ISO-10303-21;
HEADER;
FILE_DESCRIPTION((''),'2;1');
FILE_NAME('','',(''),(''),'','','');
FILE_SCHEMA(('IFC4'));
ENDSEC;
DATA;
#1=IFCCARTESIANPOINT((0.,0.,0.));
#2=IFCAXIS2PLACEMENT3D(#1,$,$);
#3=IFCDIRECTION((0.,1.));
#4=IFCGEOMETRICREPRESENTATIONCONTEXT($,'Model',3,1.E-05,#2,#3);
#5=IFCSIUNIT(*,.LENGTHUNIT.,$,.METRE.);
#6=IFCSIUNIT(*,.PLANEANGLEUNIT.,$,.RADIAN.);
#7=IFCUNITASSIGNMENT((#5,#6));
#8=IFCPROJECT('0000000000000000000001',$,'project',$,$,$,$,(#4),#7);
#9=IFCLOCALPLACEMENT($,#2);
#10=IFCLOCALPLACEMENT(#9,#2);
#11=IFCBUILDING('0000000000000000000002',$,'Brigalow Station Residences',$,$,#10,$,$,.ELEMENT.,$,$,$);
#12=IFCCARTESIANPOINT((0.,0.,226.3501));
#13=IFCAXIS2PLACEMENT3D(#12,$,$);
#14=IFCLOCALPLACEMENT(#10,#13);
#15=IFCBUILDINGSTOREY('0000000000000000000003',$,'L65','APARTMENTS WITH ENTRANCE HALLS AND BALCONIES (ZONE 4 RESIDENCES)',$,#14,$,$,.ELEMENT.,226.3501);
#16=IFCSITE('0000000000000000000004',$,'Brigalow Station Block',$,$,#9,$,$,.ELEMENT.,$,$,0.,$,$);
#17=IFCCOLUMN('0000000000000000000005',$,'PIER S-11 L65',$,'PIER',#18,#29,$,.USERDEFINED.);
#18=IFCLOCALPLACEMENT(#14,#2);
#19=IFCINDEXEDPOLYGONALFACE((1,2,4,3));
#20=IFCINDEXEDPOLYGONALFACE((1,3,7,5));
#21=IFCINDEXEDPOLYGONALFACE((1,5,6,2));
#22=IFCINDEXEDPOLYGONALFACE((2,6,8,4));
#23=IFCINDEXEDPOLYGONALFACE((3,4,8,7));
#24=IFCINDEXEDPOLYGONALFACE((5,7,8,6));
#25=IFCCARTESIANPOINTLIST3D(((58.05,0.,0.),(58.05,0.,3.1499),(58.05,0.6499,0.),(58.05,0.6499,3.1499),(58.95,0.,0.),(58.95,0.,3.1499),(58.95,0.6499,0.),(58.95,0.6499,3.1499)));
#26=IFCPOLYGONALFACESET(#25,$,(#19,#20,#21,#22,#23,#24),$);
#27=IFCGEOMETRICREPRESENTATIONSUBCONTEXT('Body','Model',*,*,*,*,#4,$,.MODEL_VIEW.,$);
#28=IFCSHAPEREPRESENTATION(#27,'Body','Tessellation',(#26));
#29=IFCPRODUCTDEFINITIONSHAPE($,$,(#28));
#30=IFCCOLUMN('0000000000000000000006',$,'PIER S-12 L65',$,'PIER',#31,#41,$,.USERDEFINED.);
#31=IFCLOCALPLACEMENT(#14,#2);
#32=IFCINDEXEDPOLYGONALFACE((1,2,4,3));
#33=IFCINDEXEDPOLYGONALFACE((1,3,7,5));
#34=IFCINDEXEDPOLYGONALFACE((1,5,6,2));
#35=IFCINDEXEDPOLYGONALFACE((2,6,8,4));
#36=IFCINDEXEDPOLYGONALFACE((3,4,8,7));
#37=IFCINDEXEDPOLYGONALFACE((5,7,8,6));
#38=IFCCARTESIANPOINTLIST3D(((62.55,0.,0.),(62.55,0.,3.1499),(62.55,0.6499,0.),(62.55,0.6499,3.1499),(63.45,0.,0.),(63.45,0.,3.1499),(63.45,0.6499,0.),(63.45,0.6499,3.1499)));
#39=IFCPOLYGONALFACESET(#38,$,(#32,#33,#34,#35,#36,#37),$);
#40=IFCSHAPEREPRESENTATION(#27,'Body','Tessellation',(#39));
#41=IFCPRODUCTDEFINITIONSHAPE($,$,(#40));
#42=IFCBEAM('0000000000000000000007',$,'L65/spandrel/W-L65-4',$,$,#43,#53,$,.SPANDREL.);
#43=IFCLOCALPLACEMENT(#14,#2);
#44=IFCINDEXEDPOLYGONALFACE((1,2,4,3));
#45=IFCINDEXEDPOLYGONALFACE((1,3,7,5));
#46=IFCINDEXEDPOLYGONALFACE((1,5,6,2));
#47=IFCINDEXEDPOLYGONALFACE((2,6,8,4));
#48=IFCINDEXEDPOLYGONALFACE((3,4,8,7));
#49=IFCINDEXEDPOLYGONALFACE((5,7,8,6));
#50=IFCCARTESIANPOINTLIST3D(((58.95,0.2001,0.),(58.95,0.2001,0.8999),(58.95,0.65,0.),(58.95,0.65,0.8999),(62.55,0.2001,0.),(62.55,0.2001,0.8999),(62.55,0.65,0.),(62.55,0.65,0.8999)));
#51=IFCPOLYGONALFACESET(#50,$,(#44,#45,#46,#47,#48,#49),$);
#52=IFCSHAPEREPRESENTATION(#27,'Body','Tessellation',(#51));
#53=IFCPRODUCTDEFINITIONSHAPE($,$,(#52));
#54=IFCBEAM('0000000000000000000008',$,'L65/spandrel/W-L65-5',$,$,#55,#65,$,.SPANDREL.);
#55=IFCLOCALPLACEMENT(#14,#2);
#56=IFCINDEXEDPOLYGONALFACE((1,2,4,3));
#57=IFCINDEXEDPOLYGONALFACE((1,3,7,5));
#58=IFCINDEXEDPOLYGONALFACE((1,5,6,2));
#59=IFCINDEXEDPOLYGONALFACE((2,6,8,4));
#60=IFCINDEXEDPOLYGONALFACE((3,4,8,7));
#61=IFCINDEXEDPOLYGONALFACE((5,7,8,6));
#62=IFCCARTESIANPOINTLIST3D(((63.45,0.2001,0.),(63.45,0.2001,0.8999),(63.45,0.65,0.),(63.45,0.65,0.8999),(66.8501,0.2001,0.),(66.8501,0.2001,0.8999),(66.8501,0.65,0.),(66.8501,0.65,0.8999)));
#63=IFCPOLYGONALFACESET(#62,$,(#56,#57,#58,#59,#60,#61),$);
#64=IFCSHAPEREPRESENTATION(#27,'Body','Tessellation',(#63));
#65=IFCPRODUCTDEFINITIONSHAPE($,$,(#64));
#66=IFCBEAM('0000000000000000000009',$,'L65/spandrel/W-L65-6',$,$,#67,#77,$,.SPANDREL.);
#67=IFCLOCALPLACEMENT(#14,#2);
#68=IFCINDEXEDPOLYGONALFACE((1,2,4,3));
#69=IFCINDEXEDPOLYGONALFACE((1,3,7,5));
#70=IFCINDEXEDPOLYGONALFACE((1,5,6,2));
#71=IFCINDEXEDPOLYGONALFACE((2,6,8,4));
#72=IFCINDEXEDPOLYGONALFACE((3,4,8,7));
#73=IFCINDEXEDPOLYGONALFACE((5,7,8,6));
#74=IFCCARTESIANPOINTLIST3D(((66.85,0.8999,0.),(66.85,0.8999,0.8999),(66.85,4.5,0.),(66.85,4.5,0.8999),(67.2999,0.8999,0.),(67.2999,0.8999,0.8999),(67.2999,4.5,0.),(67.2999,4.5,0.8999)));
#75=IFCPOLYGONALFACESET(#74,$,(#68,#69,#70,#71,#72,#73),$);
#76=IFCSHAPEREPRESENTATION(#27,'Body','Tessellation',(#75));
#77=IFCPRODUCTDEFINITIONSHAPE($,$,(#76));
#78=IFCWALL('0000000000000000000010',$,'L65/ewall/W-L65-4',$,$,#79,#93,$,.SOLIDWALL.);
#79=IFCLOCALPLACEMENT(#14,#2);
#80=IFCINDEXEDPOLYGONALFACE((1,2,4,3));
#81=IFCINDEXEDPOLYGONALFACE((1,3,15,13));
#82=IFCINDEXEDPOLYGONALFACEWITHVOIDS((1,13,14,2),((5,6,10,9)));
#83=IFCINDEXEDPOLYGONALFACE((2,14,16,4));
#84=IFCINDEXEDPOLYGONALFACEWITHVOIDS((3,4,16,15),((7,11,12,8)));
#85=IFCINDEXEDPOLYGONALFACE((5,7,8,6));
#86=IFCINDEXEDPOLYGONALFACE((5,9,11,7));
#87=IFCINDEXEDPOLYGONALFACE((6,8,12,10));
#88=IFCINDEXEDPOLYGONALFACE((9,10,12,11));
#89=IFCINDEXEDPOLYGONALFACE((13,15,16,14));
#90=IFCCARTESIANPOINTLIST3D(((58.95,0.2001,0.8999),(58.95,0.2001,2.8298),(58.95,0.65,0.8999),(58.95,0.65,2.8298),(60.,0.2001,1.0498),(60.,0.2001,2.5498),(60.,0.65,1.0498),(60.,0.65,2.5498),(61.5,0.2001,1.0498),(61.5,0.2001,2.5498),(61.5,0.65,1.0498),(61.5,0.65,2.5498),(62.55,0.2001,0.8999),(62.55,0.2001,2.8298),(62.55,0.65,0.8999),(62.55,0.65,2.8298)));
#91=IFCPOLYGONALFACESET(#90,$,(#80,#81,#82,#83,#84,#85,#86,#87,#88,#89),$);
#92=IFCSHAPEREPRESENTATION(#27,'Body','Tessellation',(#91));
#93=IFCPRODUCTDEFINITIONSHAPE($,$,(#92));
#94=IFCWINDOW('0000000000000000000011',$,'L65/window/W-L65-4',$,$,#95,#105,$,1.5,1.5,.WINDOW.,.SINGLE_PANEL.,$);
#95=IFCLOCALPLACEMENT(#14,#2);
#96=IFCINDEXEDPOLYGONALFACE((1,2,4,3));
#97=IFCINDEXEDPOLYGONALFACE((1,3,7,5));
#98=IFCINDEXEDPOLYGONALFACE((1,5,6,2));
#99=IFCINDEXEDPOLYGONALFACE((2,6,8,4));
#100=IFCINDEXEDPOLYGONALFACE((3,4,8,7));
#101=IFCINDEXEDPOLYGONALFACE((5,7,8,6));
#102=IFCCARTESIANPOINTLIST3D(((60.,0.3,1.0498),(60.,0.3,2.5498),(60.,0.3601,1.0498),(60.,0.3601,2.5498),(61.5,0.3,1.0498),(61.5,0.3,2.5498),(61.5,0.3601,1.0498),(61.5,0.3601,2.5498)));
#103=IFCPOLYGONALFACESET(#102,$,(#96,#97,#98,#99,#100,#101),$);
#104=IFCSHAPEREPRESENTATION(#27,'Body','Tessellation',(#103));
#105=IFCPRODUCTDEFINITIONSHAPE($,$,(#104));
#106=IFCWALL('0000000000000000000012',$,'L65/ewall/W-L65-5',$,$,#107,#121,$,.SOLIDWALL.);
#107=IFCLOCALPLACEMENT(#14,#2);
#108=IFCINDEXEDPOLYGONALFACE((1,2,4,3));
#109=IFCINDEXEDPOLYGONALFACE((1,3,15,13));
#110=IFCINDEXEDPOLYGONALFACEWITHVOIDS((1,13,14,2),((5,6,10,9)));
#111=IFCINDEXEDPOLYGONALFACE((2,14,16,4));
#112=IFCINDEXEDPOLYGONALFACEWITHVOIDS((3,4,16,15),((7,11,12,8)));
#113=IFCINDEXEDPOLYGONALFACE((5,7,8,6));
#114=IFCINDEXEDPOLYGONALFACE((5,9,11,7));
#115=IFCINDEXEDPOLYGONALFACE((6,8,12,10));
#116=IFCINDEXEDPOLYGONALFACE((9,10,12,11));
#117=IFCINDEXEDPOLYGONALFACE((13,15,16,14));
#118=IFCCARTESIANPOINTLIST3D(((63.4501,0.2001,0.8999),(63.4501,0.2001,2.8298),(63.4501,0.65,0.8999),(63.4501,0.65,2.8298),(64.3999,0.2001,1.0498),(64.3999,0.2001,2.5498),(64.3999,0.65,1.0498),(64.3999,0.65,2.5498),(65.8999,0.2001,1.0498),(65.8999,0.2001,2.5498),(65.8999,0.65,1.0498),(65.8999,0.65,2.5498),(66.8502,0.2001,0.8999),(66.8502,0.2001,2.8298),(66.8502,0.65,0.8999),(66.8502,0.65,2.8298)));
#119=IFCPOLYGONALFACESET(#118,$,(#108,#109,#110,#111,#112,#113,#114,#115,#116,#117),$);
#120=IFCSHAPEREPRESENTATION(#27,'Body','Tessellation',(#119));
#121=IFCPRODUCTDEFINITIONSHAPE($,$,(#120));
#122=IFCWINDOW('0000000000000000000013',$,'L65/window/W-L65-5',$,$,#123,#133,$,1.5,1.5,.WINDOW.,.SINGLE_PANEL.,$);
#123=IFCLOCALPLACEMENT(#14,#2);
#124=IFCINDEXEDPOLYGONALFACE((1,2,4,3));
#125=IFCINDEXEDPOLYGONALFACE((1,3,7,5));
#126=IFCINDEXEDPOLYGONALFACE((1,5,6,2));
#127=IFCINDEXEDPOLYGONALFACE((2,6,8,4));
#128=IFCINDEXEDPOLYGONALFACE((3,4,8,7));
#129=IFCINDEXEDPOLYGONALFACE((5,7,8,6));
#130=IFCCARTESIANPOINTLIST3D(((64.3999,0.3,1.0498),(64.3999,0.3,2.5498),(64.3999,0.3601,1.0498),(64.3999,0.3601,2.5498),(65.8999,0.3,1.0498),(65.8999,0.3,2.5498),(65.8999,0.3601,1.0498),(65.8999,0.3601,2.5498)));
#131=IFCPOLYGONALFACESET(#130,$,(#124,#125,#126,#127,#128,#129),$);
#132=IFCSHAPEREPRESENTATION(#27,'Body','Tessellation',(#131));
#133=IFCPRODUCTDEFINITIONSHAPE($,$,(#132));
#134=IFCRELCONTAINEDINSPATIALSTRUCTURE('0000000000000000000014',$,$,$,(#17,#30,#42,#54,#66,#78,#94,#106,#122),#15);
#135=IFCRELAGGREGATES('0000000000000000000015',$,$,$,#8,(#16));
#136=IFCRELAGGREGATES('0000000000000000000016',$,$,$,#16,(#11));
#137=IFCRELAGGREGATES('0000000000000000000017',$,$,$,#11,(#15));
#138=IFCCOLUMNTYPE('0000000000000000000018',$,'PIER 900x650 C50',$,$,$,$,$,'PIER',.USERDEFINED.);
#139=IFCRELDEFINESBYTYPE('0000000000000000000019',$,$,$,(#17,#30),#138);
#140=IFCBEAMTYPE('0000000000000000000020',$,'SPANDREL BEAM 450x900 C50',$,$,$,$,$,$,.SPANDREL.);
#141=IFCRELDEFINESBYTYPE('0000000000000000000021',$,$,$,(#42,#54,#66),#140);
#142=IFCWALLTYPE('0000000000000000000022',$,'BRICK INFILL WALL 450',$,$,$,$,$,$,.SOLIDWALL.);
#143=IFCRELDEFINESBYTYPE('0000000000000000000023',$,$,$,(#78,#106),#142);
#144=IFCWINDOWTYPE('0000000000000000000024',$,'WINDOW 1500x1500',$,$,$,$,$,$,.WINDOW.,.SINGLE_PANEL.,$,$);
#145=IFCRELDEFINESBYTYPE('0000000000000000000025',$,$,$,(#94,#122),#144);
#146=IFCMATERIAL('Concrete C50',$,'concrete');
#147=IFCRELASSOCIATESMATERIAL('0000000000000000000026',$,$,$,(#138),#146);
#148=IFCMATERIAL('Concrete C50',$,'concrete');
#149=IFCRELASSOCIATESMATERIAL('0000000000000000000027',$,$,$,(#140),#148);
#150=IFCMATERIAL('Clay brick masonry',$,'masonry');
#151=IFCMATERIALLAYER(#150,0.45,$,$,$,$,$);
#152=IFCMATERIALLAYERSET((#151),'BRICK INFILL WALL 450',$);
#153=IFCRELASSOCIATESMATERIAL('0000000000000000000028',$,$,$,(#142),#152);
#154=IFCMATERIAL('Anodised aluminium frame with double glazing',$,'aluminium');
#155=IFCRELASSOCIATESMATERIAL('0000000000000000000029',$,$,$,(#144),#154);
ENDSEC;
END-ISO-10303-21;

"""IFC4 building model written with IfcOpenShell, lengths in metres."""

from ifc_helpers import new_model, si_unit, direction, frame, frame_2d, origin, origin_2d, place, context, subcontext, project, spatial, rectangle, extrude, material, layer, layer_set, material_profile, profile_set, type_object, element, fill, save


model = new_model("IFC4")

# Units and contexts
model_context = context("Model", 3, precision=1e-05, world=origin(), true_north=direction((0.0, 1.0)))
body_context = subcontext(model_context, "Body", "Model", "MODEL_VIEW")
ifc_project = project(units=[si_unit("LENGTHUNIT", "METRE"), si_unit("PLANEANGLEUNIT", "RADIAN")], contexts=[model_context])

# Site, building, storey
site_placement = place(None, origin())
site = spatial("IfcSite", under=ifc_project, at=site_placement, Name="Brigalow Station Block", CompositionType="ELEMENT", RefElevation=0.0)
building_placement = place(site_placement, origin())
building = spatial("IfcBuilding", under=site, at=building_placement, Name="Brigalow Station Residences", CompositionType="ELEMENT")
storey_placement = place(building_placement, frame((0.0, 0.0, 226.3501)))
storey = spatial("IfcBuildingStorey", under=building, at=storey_placement, Name="L65", Description="APARTMENTS WITH ENTRANCE HALLS AND BALCONIES (ZONE 4 RESIDENCES)", CompositionType="ELEMENT", Elevation=226.3501)

# Columns
ifc_material_1 = material(Name="Concrete C50", Category="concrete")
ifc_material_profile_1 = material_profile(ifc_material_1, rectangle(XDim=0.8999, YDim=0.6499, at=origin_2d()), Name="RC900x650")
ifc_profile_set_1 = profile_set([ifc_material_profile_1], Name="Concrete C50")
column_type = type_object("IfcColumnType", Name="PIER 900x650 C50", ElementType="PIER", PredefinedType="USERDEFINED", material=ifc_profile_set_1)
for number, where, z_axis, x_axis, name in (
    (1, (58.5, 0.325, 0.0), (0.0, 0.0, 1.0), (1.0, 0.0, 0.0), "PIER S-11 L65"),
    (2, (63.0, 0.325, 0.0), (0.0, 0.0, 1.0), (1.0, 0.0, 0.0), "PIER S-12 L65"),
):
    element("IfcColumn", number, at=place(storey_placement, frame(where, z_axis=z_axis, x_axis=x_axis)), inside=storey, type_object=column_type, Name=name, ObjectType="PIER", PredefinedType="USERDEFINED", context=body_context, shape_type="SweptSolid", body=[
        extrude(rectangle(XDim=0.8999, YDim=0.6499, at=origin_2d()), origin(), (0.0, 0.0, 1.0), 3.1499),
    ])

# Beams
ifc_material_2 = material(Name="Concrete C50", Category="concrete")
ifc_material_profile_2 = material_profile(ifc_material_2, rectangle(XDim=0.45, YDim=0.8999, at=origin_2d()), Name="RC450x900")
ifc_profile_set_2 = profile_set([ifc_material_profile_2], Name="Concrete C50")
beam_type = type_object("IfcBeamType", Name="SPANDREL BEAM 450x900 C50", PredefinedType="SPANDREL", material=ifc_profile_set_2)
beam_1_placement = place(storey_placement, frame((58.95, 0.425, 0.45), z_axis=(1.0, 0.0, 0.0), x_axis=(0.0, 1.0, 0.0)))
element("IfcBeam", 3, at=beam_1_placement, inside=storey, type_object=beam_type, Name="L65/spandrel/W-L65-4", PredefinedType="SPANDREL", context=body_context, shape_type="SweptSolid", body=[
    extrude(rectangle(XDim=0.45, YDim=0.8999, at=origin_2d()), origin(), (0.0, 0.0, 1.0), 3.6001),
])
beam_2_placement = place(storey_placement, frame((63.45, 0.425, 0.45), z_axis=(1.0, 0.0, 0.0), x_axis=(0.0, 1.0, 0.0)))
element("IfcBeam", 4, at=beam_2_placement, inside=storey, type_object=beam_type, Name="L65/spandrel/W-L65-5", PredefinedType="SPANDREL", context=body_context, shape_type="SweptSolid", body=[
    extrude(rectangle(XDim=0.45, YDim=0.8999, at=origin_2d()), origin(), (0.0, 0.0, 1.0), 3.4001),
])
beam_3_placement = place(storey_placement, frame((67.075, 0.8999, 0.45), z_axis=(0.0, 1.0, 0.0), x_axis=(-1.0, 0.0, 0.0)))
element("IfcBeam", 5, at=beam_3_placement, inside=storey, type_object=beam_type, Name="L65/spandrel/W-L65-6", PredefinedType="SPANDREL", context=body_context, shape_type="SweptSolid", body=[
    extrude(rectangle(XDim=0.45, YDim=0.8999, at=origin_2d()), origin(), (0.0, 0.0, 1.0), 3.6001),
])

# Walls, openings, windows
ifc_material_3 = material(Name="Clay brick masonry", Category="masonry")
ifc_layer_1 = layer(ifc_material_3, 0.45)
ifc_layer_set_1 = layer_set([ifc_layer_1], Name="BRICK INFILL WALL 450")
wall_type_1 = type_object("IfcWallType", Name="BRICK INFILL WALL 450", PredefinedType="SOLIDWALL", material=ifc_layer_set_1)
wall_1_placement = place(storey_placement, frame((58.95, 0.425, 0.8999), z_axis=(0.0, 0.0, 1.0), x_axis=(1.0, 0.0, 0.0)))
wall_1 = element("IfcWall", 6, at=wall_1_placement, inside=storey, type_object=wall_type_1, Name="L65/ewall/W-L65-4", PredefinedType="SOLIDWALL", context=body_context, shape_type="SweptSolid", body=[
    extrude(rectangle(XDim=3.6001, YDim=0.45, at=frame_2d((1.8, 0.0))), origin(), (0.0, 0.0, 1.0), 1.9299),
])
opening_1_placement = place(wall_1_placement, frame((1.05, 0.0, 0.1499)))
opening_1 = element("IfcOpeningElement", 7, at=opening_1_placement, cuts=wall_1, PredefinedType="OPENING", context=body_context, shape_type="SweptSolid", body=[
    extrude(rectangle(XDim=1.5, YDim=1.5, at=frame_2d((0.75, 0.75))), frame((0.0, 0.2349, 0.0), z_axis=(0.0, -1.0, 0.0), x_axis=(1.0, 0.0, 0.0)), (0.0, 0.0, 1.0), 0.47),
])
ifc_material_4 = material(Name="Anodised aluminium frame with double glazing", Category="aluminium")
window_type = type_object("IfcWindowType", Name="WINDOW 1500x1500", PartitioningType="SINGLE_PANEL", PredefinedType="WINDOW", material=ifc_material_4)
window_1_placement = place(opening_1_placement, origin())
window_1 = element("IfcWindow", 8, at=window_1_placement, inside=storey, type_object=window_type, Name="L65/window/W-L65-4", OverallHeight=1.5, OverallWidth=1.5, PartitioningType="SINGLE_PANEL", PredefinedType="WINDOW", context=body_context, shape_type="SweptSolid", body=[
    extrude(rectangle(XDim=1.5, YDim=1.5, at=frame_2d((0.75, 0.75))), frame((0.0, -0.0649, 0.0), z_axis=(0.0, -1.0, 0.0), x_axis=(1.0, 0.0, 0.0)), (0.0, 0.0, 1.0), 0.0601),
])
fill(opening_1, window_1)
wall_2_placement = place(storey_placement, frame((63.45, 0.425, 0.8999), z_axis=(0.0, 0.0, 1.0), x_axis=(1.0, 0.0, 0.0)))
wall_2 = element("IfcWall", 9, at=wall_2_placement, inside=storey, type_object=wall_type_1, Name="L65/ewall/W-L65-5", PredefinedType="SOLIDWALL", context=body_context, shape_type="SweptSolid", body=[
    extrude(rectangle(XDim=3.4001, YDim=0.45, at=frame_2d((1.7002, 0.0))), origin(), (0.0, 0.0, 1.0), 1.9299),
])
opening_2_placement = place(wall_2_placement, frame((0.95, 0.0, 0.1499)))
opening_2 = element("IfcOpeningElement", 10, at=opening_2_placement, cuts=wall_2, PredefinedType="OPENING", context=body_context, shape_type="SweptSolid", body=[
    extrude(rectangle(XDim=1.5, YDim=1.5, at=frame_2d((0.75, 0.75))), frame((0.0, 0.2349, 0.0), z_axis=(0.0, -1.0, 0.0), x_axis=(1.0, 0.0, 0.0)), (0.0, 0.0, 1.0), 0.47),
])
window_2_placement = place(opening_2_placement, origin())
window_2 = element("IfcWindow", 11, at=window_2_placement, inside=storey, type_object=window_type, Name="L65/window/W-L65-5", OverallHeight=1.5, OverallWidth=1.5, PartitioningType="SINGLE_PANEL", PredefinedType="WINDOW", context=body_context, shape_type="SweptSolid", body=[
    extrude(rectangle(XDim=1.5, YDim=1.5, at=frame_2d((0.75, 0.75))), frame((0.0, -0.0649, 0.0), z_axis=(0.0, -1.0, 0.0), x_axis=(1.0, 0.0, 0.0)), (0.0, 0.0, 1.0), 0.0601),
])
fill(opening_2, window_2)

save(model, "model.ifc")
